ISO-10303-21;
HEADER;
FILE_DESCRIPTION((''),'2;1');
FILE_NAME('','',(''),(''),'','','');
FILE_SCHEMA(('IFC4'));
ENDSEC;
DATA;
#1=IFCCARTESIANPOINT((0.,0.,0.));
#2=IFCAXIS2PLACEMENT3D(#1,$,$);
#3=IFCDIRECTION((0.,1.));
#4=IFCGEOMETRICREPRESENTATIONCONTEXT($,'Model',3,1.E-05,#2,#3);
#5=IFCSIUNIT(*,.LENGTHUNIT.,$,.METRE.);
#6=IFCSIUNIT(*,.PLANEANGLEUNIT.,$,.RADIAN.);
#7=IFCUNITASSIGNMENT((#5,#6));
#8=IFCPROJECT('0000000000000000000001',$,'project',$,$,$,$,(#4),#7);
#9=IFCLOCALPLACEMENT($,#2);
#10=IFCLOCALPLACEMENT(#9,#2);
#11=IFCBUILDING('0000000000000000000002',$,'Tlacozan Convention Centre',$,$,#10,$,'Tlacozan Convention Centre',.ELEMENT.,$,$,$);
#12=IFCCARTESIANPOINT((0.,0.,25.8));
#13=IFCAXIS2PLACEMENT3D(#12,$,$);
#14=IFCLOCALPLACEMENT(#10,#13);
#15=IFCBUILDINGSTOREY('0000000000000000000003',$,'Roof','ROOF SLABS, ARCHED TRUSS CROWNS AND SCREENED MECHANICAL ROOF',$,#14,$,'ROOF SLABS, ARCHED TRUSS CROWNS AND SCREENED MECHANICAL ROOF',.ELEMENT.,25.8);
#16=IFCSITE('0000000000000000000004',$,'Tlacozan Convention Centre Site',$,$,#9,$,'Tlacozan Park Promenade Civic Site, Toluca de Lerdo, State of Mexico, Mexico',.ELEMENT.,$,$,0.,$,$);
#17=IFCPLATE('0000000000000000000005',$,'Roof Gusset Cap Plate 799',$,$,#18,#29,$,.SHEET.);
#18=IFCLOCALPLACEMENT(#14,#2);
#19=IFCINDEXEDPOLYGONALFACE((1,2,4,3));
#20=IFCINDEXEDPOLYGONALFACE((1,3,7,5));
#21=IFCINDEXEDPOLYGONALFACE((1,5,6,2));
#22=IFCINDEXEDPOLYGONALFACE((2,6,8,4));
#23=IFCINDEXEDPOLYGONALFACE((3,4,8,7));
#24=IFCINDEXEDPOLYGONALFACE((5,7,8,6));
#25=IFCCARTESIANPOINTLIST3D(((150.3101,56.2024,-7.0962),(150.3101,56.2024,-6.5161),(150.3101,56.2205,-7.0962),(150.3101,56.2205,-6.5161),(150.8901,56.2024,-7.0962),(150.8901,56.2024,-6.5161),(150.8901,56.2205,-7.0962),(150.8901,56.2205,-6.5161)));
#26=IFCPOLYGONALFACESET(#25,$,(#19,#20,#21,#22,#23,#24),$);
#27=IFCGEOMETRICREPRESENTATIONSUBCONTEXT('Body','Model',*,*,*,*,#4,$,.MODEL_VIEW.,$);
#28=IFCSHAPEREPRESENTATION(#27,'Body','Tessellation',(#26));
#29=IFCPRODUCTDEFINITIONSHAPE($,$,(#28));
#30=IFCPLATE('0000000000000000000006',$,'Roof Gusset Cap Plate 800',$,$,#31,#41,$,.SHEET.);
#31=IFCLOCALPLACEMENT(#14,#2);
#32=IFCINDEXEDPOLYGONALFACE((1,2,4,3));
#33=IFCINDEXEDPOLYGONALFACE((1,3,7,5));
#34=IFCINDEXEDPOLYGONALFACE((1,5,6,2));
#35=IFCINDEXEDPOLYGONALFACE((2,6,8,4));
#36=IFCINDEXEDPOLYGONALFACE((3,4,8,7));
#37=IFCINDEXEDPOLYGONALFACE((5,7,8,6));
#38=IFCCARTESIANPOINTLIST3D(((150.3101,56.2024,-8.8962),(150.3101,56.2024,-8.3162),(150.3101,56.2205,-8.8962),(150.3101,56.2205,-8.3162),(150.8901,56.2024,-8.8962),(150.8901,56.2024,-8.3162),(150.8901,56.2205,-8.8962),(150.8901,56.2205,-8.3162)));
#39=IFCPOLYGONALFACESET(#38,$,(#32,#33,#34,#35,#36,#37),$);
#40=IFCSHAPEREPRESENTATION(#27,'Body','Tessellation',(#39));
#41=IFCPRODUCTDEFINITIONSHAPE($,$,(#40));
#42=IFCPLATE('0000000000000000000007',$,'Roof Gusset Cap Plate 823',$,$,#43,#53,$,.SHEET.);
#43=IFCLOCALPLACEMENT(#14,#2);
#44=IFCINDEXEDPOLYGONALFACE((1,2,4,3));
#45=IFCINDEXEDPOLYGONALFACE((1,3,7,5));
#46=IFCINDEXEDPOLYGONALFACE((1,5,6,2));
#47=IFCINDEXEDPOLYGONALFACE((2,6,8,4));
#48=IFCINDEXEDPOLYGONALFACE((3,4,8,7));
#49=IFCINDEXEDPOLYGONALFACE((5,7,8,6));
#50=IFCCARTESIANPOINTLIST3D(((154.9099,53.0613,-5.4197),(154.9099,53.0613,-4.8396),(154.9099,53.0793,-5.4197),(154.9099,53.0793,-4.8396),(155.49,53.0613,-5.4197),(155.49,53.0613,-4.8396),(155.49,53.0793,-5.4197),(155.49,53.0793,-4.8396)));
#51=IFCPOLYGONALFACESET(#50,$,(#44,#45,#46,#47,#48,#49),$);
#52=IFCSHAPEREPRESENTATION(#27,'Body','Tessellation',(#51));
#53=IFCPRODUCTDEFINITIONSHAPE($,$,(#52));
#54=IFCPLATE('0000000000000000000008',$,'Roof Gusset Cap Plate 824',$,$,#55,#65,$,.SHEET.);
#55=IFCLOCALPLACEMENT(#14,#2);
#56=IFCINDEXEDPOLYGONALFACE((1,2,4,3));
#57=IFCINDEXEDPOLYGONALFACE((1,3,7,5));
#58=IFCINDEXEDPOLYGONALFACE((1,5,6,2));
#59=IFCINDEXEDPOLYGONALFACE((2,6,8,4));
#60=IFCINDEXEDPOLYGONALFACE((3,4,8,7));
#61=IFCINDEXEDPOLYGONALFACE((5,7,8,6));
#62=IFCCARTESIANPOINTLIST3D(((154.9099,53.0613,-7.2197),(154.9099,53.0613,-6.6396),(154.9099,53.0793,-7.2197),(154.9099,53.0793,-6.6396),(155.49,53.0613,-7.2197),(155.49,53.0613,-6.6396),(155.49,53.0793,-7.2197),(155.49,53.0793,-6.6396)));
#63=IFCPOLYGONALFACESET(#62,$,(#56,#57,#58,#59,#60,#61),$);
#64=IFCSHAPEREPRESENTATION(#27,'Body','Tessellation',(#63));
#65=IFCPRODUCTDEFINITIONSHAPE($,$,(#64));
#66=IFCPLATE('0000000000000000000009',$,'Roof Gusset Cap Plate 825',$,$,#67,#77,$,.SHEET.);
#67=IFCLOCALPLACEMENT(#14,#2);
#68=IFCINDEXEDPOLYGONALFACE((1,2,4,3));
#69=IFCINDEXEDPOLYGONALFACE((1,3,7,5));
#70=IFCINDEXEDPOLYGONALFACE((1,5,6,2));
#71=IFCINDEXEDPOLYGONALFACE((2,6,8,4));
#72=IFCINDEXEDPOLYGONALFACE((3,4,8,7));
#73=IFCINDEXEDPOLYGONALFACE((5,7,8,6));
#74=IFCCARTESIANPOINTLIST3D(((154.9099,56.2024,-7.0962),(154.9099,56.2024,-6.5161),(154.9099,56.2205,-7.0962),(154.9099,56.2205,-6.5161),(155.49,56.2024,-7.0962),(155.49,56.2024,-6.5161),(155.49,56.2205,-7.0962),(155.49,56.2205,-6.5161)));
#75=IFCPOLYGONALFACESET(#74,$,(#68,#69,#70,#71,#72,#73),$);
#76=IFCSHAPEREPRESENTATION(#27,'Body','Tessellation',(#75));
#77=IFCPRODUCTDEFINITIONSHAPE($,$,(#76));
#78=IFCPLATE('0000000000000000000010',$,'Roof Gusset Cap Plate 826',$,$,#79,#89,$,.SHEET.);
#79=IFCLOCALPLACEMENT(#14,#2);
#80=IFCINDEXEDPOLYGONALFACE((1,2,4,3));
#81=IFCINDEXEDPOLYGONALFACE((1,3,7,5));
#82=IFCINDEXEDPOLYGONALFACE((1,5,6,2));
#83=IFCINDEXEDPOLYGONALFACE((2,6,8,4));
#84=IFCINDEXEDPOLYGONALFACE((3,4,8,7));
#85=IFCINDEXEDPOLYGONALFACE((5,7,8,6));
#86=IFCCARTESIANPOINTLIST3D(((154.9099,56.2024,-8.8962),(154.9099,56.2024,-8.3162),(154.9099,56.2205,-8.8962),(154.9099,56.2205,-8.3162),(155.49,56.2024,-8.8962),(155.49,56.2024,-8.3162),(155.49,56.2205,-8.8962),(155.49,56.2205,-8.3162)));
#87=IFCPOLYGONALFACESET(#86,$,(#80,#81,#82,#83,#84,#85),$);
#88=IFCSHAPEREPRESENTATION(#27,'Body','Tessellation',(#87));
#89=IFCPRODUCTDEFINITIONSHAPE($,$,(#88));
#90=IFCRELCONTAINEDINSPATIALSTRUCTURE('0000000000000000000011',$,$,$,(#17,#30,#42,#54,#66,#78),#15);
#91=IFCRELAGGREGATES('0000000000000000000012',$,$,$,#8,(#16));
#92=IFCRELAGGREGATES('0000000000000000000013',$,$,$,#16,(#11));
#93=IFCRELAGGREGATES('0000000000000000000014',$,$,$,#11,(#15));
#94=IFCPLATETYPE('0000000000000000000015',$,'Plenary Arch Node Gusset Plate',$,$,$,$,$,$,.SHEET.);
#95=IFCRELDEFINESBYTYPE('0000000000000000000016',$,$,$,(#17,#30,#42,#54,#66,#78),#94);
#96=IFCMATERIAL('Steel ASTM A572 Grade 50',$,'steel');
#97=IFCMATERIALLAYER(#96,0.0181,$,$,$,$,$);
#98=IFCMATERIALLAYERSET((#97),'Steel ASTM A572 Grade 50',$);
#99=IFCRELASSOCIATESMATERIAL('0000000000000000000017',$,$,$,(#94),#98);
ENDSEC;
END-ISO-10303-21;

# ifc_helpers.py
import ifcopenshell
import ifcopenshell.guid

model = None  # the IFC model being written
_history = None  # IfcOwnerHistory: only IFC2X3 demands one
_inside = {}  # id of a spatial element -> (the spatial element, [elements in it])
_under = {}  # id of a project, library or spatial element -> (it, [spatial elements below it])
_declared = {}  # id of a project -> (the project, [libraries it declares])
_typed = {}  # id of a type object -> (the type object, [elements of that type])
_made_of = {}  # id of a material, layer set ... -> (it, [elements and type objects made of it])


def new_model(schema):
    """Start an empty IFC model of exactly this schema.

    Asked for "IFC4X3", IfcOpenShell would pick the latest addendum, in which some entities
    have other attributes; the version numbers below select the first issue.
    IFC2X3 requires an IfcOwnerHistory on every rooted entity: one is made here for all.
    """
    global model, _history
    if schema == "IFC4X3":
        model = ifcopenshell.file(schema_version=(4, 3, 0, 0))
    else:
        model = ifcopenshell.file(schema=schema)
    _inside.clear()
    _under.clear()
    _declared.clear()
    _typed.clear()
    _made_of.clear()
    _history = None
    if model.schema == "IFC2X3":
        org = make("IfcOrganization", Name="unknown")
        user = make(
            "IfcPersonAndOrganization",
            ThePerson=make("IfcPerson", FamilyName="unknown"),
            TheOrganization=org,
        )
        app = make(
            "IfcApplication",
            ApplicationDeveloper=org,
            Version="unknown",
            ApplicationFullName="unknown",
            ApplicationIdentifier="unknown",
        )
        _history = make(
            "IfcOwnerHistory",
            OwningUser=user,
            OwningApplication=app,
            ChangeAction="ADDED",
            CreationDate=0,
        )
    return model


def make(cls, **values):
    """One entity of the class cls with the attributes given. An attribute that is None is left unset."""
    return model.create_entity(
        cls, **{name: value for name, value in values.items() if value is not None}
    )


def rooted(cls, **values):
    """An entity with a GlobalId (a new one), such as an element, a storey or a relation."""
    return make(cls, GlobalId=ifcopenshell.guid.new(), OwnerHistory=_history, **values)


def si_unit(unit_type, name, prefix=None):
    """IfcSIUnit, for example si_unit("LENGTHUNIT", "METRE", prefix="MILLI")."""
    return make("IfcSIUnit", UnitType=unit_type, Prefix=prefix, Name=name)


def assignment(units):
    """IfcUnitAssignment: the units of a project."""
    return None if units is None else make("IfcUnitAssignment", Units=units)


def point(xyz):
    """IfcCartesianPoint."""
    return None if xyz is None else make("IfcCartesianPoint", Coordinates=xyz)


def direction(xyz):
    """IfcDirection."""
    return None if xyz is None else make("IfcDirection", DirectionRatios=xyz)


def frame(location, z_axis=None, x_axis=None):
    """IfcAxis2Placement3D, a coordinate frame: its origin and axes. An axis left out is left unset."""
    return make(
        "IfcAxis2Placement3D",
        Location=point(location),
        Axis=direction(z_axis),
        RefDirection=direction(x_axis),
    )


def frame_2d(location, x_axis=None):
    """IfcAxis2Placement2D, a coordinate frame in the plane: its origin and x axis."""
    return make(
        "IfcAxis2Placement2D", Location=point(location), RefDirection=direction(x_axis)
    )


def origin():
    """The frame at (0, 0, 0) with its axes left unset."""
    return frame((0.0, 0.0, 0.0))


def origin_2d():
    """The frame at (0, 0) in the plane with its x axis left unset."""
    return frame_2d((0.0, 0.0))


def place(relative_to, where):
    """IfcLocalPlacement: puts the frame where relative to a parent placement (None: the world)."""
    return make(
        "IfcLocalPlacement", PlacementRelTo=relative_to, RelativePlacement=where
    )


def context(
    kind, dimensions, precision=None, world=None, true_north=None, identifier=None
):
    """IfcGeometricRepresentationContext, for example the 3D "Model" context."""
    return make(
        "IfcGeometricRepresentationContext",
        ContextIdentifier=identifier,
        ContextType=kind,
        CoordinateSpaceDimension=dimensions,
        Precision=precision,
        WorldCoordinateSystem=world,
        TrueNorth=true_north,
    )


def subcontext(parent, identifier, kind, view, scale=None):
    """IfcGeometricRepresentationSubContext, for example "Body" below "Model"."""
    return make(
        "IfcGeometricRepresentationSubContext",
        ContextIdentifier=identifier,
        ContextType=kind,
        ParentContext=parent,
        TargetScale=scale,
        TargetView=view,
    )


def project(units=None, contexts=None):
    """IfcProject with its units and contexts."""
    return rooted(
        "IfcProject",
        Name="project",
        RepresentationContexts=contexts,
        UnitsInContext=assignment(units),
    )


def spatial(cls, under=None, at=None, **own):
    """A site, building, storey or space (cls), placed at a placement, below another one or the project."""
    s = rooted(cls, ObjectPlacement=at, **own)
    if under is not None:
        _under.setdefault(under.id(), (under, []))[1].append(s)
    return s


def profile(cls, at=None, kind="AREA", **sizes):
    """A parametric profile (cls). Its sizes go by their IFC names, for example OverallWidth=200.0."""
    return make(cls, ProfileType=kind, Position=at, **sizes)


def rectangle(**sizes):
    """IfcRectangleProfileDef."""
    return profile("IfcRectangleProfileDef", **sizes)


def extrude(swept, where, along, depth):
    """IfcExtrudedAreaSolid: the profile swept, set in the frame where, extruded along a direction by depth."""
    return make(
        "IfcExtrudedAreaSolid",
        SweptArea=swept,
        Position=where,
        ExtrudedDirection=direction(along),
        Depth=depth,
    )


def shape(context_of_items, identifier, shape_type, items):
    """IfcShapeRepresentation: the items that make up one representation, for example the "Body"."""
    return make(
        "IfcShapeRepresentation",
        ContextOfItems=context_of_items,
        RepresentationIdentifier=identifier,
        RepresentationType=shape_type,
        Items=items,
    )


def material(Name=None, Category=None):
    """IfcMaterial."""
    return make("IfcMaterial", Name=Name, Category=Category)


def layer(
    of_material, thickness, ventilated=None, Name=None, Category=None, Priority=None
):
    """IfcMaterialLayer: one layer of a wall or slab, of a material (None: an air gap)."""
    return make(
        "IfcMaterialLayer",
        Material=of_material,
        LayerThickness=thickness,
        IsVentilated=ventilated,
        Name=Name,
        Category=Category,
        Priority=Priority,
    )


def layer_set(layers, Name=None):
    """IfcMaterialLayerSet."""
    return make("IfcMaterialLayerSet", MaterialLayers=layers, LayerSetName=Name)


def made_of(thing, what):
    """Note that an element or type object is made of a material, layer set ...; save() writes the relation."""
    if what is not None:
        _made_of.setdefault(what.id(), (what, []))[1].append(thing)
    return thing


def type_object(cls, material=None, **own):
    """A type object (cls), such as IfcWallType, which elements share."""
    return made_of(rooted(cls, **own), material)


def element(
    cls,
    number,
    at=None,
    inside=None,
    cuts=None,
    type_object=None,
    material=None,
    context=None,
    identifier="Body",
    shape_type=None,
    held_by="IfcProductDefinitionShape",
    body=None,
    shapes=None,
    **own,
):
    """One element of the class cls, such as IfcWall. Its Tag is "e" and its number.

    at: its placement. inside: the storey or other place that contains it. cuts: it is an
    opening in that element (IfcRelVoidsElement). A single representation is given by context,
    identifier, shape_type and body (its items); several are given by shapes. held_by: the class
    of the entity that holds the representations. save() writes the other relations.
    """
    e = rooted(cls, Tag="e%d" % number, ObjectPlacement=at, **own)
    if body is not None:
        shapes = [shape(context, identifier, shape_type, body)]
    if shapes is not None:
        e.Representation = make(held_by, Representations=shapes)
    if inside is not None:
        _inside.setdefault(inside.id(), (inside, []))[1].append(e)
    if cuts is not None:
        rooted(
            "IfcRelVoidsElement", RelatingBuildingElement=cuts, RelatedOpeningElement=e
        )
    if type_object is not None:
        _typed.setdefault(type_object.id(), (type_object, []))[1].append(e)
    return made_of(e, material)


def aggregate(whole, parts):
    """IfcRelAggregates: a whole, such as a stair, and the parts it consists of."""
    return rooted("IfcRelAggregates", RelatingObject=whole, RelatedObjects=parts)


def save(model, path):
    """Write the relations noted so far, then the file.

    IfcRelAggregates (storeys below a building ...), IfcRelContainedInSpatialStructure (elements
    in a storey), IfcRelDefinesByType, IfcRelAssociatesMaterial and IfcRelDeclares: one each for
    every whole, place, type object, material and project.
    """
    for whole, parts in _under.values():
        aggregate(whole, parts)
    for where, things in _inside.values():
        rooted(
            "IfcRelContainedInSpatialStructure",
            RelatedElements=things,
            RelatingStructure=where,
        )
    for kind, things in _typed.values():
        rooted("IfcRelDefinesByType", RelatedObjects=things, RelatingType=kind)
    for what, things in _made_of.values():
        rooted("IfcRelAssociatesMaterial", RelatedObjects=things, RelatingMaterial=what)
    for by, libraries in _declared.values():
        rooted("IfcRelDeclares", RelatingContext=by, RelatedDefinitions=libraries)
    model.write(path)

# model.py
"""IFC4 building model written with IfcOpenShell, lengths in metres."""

from ifc_helpers import new_model, si_unit, direction, frame, origin, origin_2d, place, context, subcontext, project, spatial, rectangle, extrude, material, layer, layer_set, type_object, element, save


model = new_model("IFC4")

# Units and contexts
model_context = context("Model", 3, precision=1e-05, world=origin(), true_north=direction((0.0, 1.0)))
body_context = subcontext(model_context, "Body", "Model", "MODEL_VIEW")
ifc_project = project(units=[si_unit("LENGTHUNIT", "METRE"), si_unit("PLANEANGLEUNIT", "RADIAN")], contexts=[model_context])

# Site, building, storey
site_placement = place(None, origin())
site = spatial("IfcSite", under=ifc_project, at=site_placement, Name="Tlacozan Convention Centre Site", LongName="Tlacozan Park Promenade Civic Site, Toluca de Lerdo, State of Mexico, Mexico", CompositionType="ELEMENT", RefElevation=0.0)
building_placement = place(site_placement, origin())
building = spatial("IfcBuilding", under=site, at=building_placement, Name="Tlacozan Convention Centre", LongName="Tlacozan Convention Centre", CompositionType="ELEMENT")
storey_placement = place(building_placement, frame((0.0, 0.0, 25.8)))
storey = spatial("IfcBuildingStorey", under=building, at=storey_placement, Name="Roof", Description="ROOF SLABS, ARCHED TRUSS CROWNS AND SCREENED MECHANICAL ROOF", LongName="ROOF SLABS, ARCHED TRUSS CROWNS AND SCREENED MECHANICAL ROOF", CompositionType="ELEMENT", Elevation=25.8)

# Plates
ifc_material_1 = material(Name="Steel ASTM A572 Grade 50", Category="steel")
ifc_layer_1 = layer(ifc_material_1, 0.0181)
ifc_layer_set_1 = layer_set([ifc_layer_1], Name="Steel ASTM A572 Grade 50")
plate_type_1 = type_object("IfcPlateType", Name="Plenary Arch Node Gusset Plate", PredefinedType="SHEET", material=ifc_layer_set_1)
for number, where, z_axis, x_axis, name in (
    (1, (150.6001, 56.2114, -7.0962), (0.0, 0.0, 1.0), (0.0, 1.0, 0.0), "Roof Gusset Cap Plate 799"),
    (2, (150.6001, 56.2114, -8.8962), (0.0, 0.0, 1.0), (0.0, 1.0, 0.0), "Roof Gusset Cap Plate 800"),
    (3, (155.2, 53.0703, -5.4197), (0.0, 0.0, 1.0), (0.0, 1.0, 0.0), "Roof Gusset Cap Plate 823"),
    (4, (155.2, 53.0703, -7.2197), (0.0, 0.0, 1.0), (0.0, 1.0, 0.0), "Roof Gusset Cap Plate 824"),
    (5, (155.2, 56.2114, -7.0962), (0.0, 0.0, 1.0), (0.0, 1.0, 0.0), "Roof Gusset Cap Plate 825"),
    (6, (155.2, 56.2114, -8.8962), (0.0, 0.0, 1.0), (0.0, 1.0, 0.0), "Roof Gusset Cap Plate 826"),
):
    element("IfcPlate", number, at=place(storey_placement, frame(where, z_axis=z_axis, x_axis=x_axis)), inside=storey, type_object=plate_type_1, Name=name, PredefinedType="SHEET", context=body_context, shape_type="SweptSolid", body=[
        extrude(rectangle(XDim=0.0181, YDim=0.5801, at=origin_2d()), origin(), (0.0, 0.0, 1.0), 0.5801),
    ])

save(model, "model.ifc")
